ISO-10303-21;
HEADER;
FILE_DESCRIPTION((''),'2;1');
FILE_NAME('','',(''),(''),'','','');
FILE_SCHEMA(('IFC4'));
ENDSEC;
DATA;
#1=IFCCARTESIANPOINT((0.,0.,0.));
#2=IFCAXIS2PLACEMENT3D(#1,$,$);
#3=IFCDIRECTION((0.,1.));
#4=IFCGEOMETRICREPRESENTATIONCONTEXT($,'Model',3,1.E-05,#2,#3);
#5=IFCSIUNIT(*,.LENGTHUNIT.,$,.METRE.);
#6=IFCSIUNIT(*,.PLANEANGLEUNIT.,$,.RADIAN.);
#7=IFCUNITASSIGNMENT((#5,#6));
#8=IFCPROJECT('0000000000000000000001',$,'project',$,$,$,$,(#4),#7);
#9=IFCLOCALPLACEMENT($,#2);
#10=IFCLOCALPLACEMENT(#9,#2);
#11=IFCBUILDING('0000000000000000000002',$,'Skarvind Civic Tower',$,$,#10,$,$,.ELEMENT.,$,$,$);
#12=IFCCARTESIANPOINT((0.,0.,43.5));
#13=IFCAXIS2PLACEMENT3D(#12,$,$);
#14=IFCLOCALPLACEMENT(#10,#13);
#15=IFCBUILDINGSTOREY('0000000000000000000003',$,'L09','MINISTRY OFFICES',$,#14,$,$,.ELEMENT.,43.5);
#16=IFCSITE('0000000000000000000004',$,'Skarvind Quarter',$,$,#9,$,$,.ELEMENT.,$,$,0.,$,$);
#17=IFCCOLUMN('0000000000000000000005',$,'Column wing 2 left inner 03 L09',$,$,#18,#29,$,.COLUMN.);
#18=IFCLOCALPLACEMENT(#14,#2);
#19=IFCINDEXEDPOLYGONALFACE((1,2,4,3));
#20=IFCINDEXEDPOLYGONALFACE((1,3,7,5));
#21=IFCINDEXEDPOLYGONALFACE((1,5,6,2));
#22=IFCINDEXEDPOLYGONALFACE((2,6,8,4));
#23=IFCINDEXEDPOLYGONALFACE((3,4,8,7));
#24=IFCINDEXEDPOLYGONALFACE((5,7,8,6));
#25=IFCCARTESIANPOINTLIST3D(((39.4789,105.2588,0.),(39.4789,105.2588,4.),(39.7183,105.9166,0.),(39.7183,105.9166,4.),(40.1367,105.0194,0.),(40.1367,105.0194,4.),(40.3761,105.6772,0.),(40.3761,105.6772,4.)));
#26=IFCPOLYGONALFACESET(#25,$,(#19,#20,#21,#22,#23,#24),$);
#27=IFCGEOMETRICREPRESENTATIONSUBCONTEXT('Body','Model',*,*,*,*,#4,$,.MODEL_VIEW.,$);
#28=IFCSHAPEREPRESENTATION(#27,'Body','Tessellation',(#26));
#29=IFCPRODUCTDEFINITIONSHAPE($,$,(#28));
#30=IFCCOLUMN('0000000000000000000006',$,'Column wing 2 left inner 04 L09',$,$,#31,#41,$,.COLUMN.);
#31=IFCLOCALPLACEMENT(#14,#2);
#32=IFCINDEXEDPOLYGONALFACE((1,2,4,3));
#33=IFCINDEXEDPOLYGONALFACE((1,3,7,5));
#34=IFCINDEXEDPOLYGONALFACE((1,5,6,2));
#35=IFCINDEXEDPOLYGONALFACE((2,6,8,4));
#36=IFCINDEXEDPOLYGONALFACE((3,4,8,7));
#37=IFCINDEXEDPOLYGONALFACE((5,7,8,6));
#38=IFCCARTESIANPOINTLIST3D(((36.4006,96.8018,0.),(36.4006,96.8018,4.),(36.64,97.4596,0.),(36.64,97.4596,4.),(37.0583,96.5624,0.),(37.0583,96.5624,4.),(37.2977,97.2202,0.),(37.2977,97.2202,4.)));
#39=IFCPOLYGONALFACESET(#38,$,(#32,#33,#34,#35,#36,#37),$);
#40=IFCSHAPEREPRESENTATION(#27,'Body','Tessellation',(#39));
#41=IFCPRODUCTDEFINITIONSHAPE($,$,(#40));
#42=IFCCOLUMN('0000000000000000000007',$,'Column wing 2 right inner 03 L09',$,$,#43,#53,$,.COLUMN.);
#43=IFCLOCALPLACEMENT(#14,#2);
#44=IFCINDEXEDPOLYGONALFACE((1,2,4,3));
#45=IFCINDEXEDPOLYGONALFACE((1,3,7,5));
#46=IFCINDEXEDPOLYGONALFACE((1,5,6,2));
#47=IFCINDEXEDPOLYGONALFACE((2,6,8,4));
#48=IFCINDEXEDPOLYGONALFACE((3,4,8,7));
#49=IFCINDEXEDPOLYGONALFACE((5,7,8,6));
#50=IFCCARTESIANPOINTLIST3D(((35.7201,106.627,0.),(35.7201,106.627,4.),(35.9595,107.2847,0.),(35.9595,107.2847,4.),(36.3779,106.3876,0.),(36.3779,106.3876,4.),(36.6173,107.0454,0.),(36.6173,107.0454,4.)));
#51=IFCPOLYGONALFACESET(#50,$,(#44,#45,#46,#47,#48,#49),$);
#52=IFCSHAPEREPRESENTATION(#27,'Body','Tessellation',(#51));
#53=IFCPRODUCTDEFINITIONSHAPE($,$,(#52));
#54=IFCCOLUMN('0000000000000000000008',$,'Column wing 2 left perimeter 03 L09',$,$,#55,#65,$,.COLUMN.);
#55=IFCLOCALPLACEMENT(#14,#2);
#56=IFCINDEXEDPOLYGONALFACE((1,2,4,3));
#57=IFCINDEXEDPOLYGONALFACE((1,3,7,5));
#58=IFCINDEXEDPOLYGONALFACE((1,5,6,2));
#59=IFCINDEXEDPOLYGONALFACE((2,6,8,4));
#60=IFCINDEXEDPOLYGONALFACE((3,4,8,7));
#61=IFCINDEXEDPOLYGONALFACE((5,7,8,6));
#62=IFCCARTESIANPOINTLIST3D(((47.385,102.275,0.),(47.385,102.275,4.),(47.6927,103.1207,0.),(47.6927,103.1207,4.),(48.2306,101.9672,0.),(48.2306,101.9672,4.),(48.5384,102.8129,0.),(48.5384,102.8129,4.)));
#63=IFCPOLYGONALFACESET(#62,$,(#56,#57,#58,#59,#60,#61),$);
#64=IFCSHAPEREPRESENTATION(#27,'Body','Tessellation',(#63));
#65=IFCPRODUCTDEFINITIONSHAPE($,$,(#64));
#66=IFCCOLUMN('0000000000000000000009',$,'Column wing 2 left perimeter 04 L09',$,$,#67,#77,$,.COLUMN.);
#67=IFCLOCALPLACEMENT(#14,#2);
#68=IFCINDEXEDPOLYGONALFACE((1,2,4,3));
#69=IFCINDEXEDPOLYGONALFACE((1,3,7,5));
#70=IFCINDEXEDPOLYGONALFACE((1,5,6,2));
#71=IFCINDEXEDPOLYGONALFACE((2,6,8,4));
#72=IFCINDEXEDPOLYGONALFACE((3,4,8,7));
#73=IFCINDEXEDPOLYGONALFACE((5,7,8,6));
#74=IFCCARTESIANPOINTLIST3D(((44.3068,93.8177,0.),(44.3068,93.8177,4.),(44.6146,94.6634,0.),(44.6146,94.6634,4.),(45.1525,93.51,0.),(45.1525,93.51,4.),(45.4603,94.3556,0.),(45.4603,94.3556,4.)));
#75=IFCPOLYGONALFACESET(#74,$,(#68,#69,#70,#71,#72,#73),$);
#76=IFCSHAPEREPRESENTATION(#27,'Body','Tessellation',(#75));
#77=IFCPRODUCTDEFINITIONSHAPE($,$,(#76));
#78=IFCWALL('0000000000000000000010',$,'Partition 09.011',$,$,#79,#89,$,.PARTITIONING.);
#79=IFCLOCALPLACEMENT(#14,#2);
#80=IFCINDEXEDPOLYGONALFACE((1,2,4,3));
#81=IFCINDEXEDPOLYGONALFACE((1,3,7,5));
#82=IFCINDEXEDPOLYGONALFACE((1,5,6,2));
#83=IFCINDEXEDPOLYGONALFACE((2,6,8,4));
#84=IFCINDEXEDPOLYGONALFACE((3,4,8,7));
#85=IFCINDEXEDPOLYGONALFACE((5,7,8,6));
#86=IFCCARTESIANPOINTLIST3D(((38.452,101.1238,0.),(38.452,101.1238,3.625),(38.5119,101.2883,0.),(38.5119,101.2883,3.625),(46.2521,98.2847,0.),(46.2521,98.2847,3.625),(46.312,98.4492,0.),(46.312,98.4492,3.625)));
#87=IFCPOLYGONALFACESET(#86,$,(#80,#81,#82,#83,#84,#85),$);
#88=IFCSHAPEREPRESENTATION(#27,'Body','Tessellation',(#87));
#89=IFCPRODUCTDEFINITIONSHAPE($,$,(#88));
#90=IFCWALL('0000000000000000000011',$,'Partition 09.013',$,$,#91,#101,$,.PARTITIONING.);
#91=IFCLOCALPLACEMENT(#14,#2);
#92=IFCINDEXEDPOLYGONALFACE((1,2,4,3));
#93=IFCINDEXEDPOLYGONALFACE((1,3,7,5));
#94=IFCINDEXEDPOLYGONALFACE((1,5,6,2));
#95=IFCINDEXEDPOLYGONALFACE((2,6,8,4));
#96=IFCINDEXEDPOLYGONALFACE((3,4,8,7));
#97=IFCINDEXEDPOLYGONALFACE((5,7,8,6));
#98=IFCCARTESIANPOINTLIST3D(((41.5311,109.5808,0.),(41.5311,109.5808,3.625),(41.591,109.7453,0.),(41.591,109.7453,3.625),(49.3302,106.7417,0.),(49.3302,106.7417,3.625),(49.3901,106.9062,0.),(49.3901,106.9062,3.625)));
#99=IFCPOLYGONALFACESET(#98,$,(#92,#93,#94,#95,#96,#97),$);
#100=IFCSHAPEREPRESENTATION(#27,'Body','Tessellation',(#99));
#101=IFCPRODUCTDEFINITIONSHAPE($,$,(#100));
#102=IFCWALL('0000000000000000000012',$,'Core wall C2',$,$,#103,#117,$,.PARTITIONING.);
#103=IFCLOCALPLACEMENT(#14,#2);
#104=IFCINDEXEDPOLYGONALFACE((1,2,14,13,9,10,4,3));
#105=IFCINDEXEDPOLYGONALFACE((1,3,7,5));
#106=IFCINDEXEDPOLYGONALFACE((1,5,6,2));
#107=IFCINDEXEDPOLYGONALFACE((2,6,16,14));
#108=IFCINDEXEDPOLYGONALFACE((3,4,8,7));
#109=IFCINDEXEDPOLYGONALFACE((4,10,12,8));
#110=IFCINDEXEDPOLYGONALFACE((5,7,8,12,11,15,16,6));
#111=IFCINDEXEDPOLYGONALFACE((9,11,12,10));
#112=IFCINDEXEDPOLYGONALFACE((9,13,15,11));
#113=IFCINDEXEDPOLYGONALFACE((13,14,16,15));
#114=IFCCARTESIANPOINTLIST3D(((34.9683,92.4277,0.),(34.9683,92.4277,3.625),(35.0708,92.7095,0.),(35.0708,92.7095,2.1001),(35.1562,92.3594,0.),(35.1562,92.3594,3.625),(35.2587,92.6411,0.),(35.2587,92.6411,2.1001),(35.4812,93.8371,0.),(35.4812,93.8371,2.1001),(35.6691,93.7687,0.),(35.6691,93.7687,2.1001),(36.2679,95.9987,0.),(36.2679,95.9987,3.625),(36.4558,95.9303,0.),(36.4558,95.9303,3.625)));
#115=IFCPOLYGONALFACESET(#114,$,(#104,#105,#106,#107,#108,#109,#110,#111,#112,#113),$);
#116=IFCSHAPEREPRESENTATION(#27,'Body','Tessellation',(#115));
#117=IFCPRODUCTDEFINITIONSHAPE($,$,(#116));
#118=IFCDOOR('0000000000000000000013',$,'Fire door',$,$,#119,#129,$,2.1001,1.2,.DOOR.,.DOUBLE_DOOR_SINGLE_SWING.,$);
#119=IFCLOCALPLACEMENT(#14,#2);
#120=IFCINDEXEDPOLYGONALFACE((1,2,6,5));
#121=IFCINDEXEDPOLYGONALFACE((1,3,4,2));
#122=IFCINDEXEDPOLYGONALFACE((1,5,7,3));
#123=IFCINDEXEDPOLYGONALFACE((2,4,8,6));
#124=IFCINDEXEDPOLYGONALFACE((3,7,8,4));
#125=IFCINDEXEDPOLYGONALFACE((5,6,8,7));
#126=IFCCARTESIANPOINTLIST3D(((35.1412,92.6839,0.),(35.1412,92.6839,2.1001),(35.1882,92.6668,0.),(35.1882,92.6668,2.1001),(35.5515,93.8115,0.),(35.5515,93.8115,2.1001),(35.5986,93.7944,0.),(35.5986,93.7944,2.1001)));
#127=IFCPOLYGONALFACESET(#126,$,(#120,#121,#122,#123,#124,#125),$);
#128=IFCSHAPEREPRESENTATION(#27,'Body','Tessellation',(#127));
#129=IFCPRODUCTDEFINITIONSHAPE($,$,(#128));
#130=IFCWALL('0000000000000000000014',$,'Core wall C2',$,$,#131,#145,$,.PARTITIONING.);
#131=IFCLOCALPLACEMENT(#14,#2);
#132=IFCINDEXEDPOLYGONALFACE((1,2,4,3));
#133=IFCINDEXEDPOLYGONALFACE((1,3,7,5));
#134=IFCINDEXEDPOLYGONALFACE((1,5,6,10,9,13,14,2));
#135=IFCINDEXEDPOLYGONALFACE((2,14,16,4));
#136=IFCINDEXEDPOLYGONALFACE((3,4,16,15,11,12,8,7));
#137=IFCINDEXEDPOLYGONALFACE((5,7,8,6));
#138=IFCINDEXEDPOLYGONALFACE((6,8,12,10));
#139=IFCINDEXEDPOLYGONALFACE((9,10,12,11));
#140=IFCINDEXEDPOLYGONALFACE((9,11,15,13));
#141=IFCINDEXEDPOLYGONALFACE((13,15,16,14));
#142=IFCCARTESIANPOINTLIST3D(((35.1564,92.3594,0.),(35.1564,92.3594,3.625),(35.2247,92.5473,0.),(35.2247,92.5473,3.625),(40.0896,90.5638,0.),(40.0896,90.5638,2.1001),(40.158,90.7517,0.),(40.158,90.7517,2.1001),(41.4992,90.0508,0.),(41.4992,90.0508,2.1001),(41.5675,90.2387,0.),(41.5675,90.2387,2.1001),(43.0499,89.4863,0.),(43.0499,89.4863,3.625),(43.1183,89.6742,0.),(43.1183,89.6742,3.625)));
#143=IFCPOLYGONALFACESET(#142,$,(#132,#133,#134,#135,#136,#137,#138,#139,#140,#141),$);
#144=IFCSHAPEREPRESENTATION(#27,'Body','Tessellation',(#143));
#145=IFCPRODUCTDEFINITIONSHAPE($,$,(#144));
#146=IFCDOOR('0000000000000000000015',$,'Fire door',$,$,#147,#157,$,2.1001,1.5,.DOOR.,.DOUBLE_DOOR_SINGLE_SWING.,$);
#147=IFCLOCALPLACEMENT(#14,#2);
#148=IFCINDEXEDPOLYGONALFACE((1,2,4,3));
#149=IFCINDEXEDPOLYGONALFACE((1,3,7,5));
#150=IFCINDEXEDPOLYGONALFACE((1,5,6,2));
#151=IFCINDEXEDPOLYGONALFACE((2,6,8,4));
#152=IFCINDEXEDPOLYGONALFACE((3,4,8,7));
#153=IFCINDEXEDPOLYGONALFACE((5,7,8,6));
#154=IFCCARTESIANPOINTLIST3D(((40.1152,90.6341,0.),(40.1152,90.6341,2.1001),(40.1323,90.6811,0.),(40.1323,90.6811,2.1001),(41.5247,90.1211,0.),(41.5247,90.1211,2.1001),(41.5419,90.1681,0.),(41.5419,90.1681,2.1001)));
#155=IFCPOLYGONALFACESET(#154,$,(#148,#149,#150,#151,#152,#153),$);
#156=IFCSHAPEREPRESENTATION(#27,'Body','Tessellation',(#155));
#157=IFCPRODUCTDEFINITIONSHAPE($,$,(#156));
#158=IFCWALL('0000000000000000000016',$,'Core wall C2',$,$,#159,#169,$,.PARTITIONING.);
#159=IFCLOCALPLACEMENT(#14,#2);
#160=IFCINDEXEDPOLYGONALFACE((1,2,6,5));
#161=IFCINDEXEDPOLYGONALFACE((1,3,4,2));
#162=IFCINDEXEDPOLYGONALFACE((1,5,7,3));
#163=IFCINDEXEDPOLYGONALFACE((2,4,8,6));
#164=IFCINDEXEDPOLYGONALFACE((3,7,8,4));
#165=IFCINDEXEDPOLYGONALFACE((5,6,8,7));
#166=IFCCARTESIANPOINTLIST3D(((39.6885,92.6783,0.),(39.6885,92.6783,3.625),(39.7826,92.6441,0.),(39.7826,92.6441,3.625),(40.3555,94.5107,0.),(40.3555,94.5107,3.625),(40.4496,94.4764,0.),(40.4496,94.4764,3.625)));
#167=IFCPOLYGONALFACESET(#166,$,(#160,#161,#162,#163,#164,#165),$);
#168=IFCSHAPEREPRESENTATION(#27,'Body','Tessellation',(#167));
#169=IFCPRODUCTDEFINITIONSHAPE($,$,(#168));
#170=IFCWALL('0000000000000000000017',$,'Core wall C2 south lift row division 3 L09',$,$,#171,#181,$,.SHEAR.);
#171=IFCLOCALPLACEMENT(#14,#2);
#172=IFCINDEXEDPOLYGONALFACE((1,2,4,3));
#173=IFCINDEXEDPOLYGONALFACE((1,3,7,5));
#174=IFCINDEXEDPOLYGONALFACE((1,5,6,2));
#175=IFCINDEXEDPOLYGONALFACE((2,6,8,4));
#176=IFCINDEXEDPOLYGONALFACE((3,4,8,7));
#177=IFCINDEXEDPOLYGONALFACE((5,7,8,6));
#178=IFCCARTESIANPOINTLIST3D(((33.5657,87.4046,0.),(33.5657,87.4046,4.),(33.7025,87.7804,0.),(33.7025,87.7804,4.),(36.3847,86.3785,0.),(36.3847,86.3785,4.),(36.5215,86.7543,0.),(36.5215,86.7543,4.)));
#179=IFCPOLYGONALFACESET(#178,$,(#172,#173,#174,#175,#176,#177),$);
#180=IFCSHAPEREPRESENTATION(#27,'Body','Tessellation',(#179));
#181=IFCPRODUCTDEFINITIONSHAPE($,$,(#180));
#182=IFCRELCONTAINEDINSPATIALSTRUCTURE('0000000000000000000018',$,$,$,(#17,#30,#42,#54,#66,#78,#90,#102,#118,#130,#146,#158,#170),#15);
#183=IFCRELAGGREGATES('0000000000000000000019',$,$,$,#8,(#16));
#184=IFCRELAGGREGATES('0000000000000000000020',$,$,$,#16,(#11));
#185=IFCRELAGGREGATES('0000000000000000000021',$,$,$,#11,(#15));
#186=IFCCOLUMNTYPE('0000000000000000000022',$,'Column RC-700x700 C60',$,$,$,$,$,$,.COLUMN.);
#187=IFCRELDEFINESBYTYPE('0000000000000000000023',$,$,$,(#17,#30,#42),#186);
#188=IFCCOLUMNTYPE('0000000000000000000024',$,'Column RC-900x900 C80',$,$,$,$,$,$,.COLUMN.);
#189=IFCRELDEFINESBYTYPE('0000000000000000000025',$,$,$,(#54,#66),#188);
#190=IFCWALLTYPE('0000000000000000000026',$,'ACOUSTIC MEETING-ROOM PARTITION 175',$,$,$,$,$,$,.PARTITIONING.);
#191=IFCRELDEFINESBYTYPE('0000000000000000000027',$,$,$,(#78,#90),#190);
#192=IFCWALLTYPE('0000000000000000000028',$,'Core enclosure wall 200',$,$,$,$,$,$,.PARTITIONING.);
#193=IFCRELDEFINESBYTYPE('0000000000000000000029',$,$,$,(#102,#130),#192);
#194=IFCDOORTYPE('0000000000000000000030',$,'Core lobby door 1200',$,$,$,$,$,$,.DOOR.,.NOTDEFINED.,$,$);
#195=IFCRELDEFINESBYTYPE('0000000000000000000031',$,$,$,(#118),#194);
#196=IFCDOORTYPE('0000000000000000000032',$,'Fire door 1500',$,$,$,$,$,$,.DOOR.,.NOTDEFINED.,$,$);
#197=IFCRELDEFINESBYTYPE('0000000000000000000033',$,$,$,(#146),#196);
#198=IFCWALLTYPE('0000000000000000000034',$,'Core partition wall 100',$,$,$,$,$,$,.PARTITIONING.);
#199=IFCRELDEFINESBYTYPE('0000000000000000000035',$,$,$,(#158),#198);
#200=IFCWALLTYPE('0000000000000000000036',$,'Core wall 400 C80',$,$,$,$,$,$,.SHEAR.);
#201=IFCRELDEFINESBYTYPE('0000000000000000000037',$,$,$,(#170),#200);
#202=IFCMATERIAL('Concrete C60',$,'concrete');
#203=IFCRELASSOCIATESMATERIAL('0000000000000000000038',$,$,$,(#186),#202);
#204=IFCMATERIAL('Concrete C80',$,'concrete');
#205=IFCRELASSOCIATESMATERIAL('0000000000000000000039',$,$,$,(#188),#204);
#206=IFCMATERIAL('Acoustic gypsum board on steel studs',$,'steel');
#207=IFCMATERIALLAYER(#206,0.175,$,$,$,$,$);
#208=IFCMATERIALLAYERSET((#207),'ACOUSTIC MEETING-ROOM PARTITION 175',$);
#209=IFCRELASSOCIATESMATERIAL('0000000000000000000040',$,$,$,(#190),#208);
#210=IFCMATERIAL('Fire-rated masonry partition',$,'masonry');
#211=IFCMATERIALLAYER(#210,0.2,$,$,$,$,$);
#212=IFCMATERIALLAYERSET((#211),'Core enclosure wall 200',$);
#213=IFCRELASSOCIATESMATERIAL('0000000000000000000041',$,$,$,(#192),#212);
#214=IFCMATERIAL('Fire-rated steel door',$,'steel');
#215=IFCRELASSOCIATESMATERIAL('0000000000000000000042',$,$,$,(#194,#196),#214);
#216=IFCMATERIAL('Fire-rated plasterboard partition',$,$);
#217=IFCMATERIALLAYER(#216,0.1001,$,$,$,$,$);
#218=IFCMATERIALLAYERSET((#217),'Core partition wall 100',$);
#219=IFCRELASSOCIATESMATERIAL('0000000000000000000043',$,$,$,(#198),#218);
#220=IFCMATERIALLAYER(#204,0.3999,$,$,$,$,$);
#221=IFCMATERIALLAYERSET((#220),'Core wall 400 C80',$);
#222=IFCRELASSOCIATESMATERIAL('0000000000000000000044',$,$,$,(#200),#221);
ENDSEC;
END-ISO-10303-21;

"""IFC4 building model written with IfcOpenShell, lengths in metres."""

from ifc_helpers import new_model, si_unit, direction, frame, frame_2d, origin, origin_2d, place, context, subcontext, project, spatial, rectangle, extrude, material, layer, layer_set, material_profile, profile_set, type_object, element, fill, save


model = new_model("IFC4")

# Units and contexts
model_context = context("Model", 3, precision=1e-05, world=origin(), true_north=direction((0.0, 1.0)))
body_context = subcontext(model_context, "Body", "Model", "MODEL_VIEW")
ifc_project = project(units=[si_unit("LENGTHUNIT", "METRE"), si_unit("PLANEANGLEUNIT", "RADIAN")], contexts=[model_context])

# Site, building, storey
site_placement = place(None, origin())
site = spatial("IfcSite", under=ifc_project, at=site_placement, Name="Skarvind Quarter", CompositionType="ELEMENT", RefElevation=0.0)
building_placement = place(site_placement, origin())
building = spatial("IfcBuilding", under=site, at=building_placement, Name="Skarvind Civic Tower", CompositionType="ELEMENT")
storey_placement = place(building_placement, frame((0.0, 0.0, 43.5)))
storey = spatial("IfcBuildingStorey", under=building, at=storey_placement, Name="L09", Description="MINISTRY OFFICES", CompositionType="ELEMENT", Elevation=43.5)

# Columns
ifc_material_1 = material(Name="Concrete C60", Category="concrete")
ifc_material_profile_1 = material_profile(ifc_material_1, rectangle(XDim=0.7, YDim=0.7, at=origin_2d()), Name="RC-700x700")
ifc_profile_set_1 = profile_set([ifc_material_profile_1], Name="Concrete C60")
column_type_1 = type_object("IfcColumnType", Name="Column RC-700x700 C60", PredefinedType="COLUMN", material=ifc_profile_set_1)
for number, where, z_axis, x_axis, name in (
    (1, (39.9275, 105.468, 0.0), (0.0, 0.0, 1.0), (-0.34202, -0.939693, 0.0), "Column wing 2 left inner 03 L09"),
    (2, (36.8491, 97.011, 0.0), (0.0, 0.0, 1.0), (-0.34202, -0.939693, 0.0), "Column wing 2 left inner 04 L09"),
    (3, (36.1687, 106.8362, 0.0), (0.0, 0.0, 1.0), (-0.34202, -0.939693, 0.0), "Column wing 2 right inner 03 L09"),
):
    element("IfcColumn", number, at=place(storey_placement, frame(where, z_axis=z_axis, x_axis=x_axis)), inside=storey, type_object=column_type_1, Name=name, PredefinedType="COLUMN", context=body_context, shape_type="SweptSolid", body=[
        extrude(rectangle(XDim=0.7, YDim=0.7, at=origin_2d()), origin(), (0.0, 0.0, 1.0), 4.0),
    ])
ifc_material_2 = material(Name="Concrete C80", Category="concrete")
ifc_material_profile_2 = material_profile(ifc_material_2, rectangle(XDim=0.8999, YDim=0.8999, at=origin_2d()), Name="RC-900x900")
ifc_profile_set_2 = profile_set([ifc_material_profile_2], Name="Concrete C80")
column_type_2 = type_object("IfcColumnType", Name="Column RC-900x900 C80", PredefinedType="COLUMN", material=ifc_profile_set_2)
for number, where, z_axis, x_axis, name in (
    (4, (47.9617, 102.5439, 0.0), (0.0, 0.0, 1.0), (-0.34202, -0.939693, 0.0), "Column wing 2 left perimeter 03 L09"),
    (5, (44.8835, 94.0867, 0.0), (0.0, 0.0, 1.0), (-0.34202, -0.939693, 0.0), "Column wing 2 left perimeter 04 L09"),
):
    element("IfcColumn", number, at=place(storey_placement, frame(where, z_axis=z_axis, x_axis=x_axis)), inside=storey, type_object=column_type_2, Name=name, PredefinedType="COLUMN", context=body_context, shape_type="SweptSolid", body=[
        extrude(rectangle(XDim=0.8999, YDim=0.8999, at=origin_2d()), origin(), (0.0, 0.0, 1.0), 4.0),
    ])

# Walls
ifc_material_3 = material(Name="Acoustic gypsum board on steel studs", Category="steel")
ifc_layer_1 = layer(ifc_material_3, 0.175)
ifc_layer_set_1 = layer_set([ifc_layer_1], Name="ACOUSTIC MEETING-ROOM PARTITION 175")
wall_type_1 = type_object("IfcWallType", Name="ACOUSTIC MEETING-ROOM PARTITION 175", PredefinedType="PARTITIONING", material=ifc_layer_set_1)
wall_1_placement = place(storey_placement, frame((38.4819, 101.2061, 0.0), z_axis=(0.0, 0.0, 1.0), x_axis=(0.939688, -0.342034, 0.0)))
element("IfcWall", 6, at=wall_1_placement, inside=storey, type_object=wall_type_1, Name="Partition 09.011", PredefinedType="PARTITIONING", context=body_context, shape_type="SweptSolid", body=[
    extrude(rectangle(XDim=8.3008, YDim=0.175, at=frame_2d((4.1504, 0.0))), origin(), (0.0, 0.0, 1.0), 3.625),
])
wall_2_placement = place(storey_placement, frame((41.561, 109.6631, 0.0), z_axis=(0.0, 0.0, 1.0), x_axis=(0.939674, -0.342071, 0.0)))
element("IfcWall", 7, at=wall_2_placement, inside=storey, type_object=wall_type_1, Name="Partition 09.013", PredefinedType="PARTITIONING", context=body_context, shape_type="SweptSolid", body=[
    extrude(rectangle(XDim=8.2998, YDim=0.175, at=frame_2d((4.1499, 0.0))), origin(), (0.0, 0.0, 1.0), 3.625),
])

# Walls, openings, doors
ifc_material_4 = material(Name="Fire-rated masonry partition", Category="masonry")
ifc_layer_2 = layer(ifc_material_4, 0.2)
ifc_layer_set_2 = layer_set([ifc_layer_2], Name="Core enclosure wall 200")
wall_type_2 = type_object("IfcWallType", Name="Core enclosure wall 200", PredefinedType="PARTITIONING", material=ifc_layer_set_2)
wall_3_placement = place(storey_placement, frame((36.3618, 95.9644, 0.0), z_axis=(0.0, 0.0, 1.0), x_axis=(-0.341996, -0.939701, 0.0)))
wall_3 = element("IfcWall", 8, at=wall_3_placement, inside=storey, type_object=wall_type_2, Name="Core wall C2", PredefinedType="PARTITIONING", context=body_context, shape_type="SweptSolid", body=[
    extrude(rectangle(XDim=3.8, YDim=0.2, at=frame_2d((1.8999, 0.0))), origin(), (0.0, 0.0, 1.0), 3.625),
])
opening_1_placement = place(wall_3_placement, frame((2.3, 0.0, 0.0)))
opening_1 = element("IfcOpeningElement", 9, at=opening_1_placement, cuts=wall_3, PredefinedType="OPENING", context=body_context, shape_type="SweptSolid", body=[
    extrude(rectangle(XDim=1.2, YDim=2.1001, at=frame_2d((0.6001, 1.05))), frame((0.0, 0.1099, 0.0), z_axis=(0.0, -1.0, 0.0), x_axis=(1.0, 0.0, 0.0)), (0.0, 0.0, 1.0), 0.22),
])
ifc_material_5 = material(Name="Fire-rated steel door", Category="steel")
door_type_1 = type_object("IfcDoorType", Name="Core lobby door 1200", OperationType="NOTDEFINED", PredefinedType="DOOR", material=ifc_material_5)
door_1_placement = place(opening_1_placement, origin())
door_1 = element("IfcDoor", 10, at=door_1_placement, inside=storey, type_object=door_type_1, Name="Fire door", OperationType="DOUBLE_DOOR_SINGLE_SWING", OverallHeight=2.1001, OverallWidth=1.2, PredefinedType="DOOR", context=body_context, shape_type="SweptSolid", body=[
    extrude(rectangle(XDim=1.2, YDim=2.1001, at=frame_2d((0.6001, 1.05))), frame((0.0, 0.0249, 0.0), z_axis=(0.0, -1.0, 0.0), x_axis=(1.0, 0.0, 0.0)), (0.0, 0.0, 1.0), 0.05),
])
fill(opening_1, door_1)
wall_4_placement = place(storey_placement, frame((35.1904, 92.4534, 0.0), z_axis=(0.0, 0.0, 1.0), x_axis=(0.939692, -0.342023, 0.0)))
wall_4 = element("IfcWall", 11, at=wall_4_placement, inside=storey, type_object=wall_type_2, Name="Core wall C2", PredefinedType="PARTITIONING", context=body_context, shape_type="SweptSolid", body=[
    extrude(rectangle(XDim=8.4001, YDim=0.2, at=frame_2d((4.2002, 0.0))), origin(), (0.0, 0.0, 1.0), 3.625),
])
opening_2_placement = place(wall_4_placement, frame((5.25, 0.0, 0.0)))
opening_2 = element("IfcOpeningElement", 12, at=opening_2_placement, cuts=wall_4, PredefinedType="OPENING", context=body_context, shape_type="SweptSolid", body=[
    extrude(rectangle(XDim=1.5, YDim=2.1001, at=frame_2d((0.75, 1.05))), frame((0.0, 0.1099, 0.0), z_axis=(0.0, -1.0, 0.0), x_axis=(1.0, 0.0, 0.0)), (0.0, 0.0, 1.0), 0.22),
])
door_type_2 = type_object("IfcDoorType", Name="Fire door 1500", OperationType="NOTDEFINED", PredefinedType="DOOR", material=ifc_material_5)
door_2_placement = place(opening_2_placement, origin())
door_2 = element("IfcDoor", 13, at=door_2_placement, inside=storey, type_object=door_type_2, Name="Fire door", OperationType="DOUBLE_DOOR_SINGLE_SWING", OverallHeight=2.1001, OverallWidth=1.5, PredefinedType="DOOR", context=body_context, shape_type="SweptSolid", body=[
    extrude(rectangle(XDim=1.5, YDim=2.1001, at=frame_2d((0.75, 1.05))), frame((0.0, 0.0249, 0.0), z_axis=(0.0, -1.0, 0.0), x_axis=(1.0, 0.0, 0.0)), (0.0, 0.0, 1.0), 0.05),
])
fill(opening_2, door_2)

# Walls
ifc_material_6 = material(Name="Fire-rated plasterboard partition")
ifc_layer_3 = layer(ifc_material_6, 0.1001)
ifc_layer_set_3 = layer_set([ifc_layer_3], Name="Core partition wall 100")
wall_type_3 = type_object("IfcWallType", Name="Core partition wall 100", PredefinedType="PARTITIONING", material=ifc_layer_set_3)
wall_5_placement = place(storey_placement, frame((40.4026, 94.4937, 0.0), z_axis=(0.0, 0.0, 1.0), x_axis=(-0.342065, -0.939676, 0.0)))
element("IfcWall", 14, at=wall_5_placement, inside=storey, type_object=wall_type_3, Name="Core wall C2", PredefinedType="PARTITIONING", context=body_context, shape_type="SweptSolid", body=[
    extrude(rectangle(XDim=1.95, YDim=0.1001, at=frame_2d((0.9751, 0.0))), origin(), (0.0, 0.0, 1.0), 3.625),
])
ifc_layer_4 = layer(ifc_material_2, 0.3999)
ifc_layer_set_4 = layer_set([ifc_layer_4], Name="Core wall 400 C80")
wall_type_4 = type_object("IfcWallType", Name="Core wall 400 C80", PredefinedType="SHEAR", material=ifc_layer_set_4)
for number, where, z_axis, x_axis, name in (
    (15, (36.4531, 86.5664, 0.0), (0.0, 0.0, 1.0), (-0.939686, 0.342037, 0.0), "Core wall C2 south lift row division 3 L09"),
):
    element("IfcWall", number, at=place(storey_placement, frame(where, z_axis=z_axis, x_axis=x_axis)), inside=storey, type_object=wall_type_4, Name=name, PredefinedType="SHEAR", context=body_context, shape_type="SweptSolid", body=[
        extrude(rectangle(XDim=3.0, YDim=0.3999, at=frame_2d((1.5, 0.0))), origin(), (0.0, 0.0, 1.0), 4.0),
    ])

save(model, "model.ifc")
